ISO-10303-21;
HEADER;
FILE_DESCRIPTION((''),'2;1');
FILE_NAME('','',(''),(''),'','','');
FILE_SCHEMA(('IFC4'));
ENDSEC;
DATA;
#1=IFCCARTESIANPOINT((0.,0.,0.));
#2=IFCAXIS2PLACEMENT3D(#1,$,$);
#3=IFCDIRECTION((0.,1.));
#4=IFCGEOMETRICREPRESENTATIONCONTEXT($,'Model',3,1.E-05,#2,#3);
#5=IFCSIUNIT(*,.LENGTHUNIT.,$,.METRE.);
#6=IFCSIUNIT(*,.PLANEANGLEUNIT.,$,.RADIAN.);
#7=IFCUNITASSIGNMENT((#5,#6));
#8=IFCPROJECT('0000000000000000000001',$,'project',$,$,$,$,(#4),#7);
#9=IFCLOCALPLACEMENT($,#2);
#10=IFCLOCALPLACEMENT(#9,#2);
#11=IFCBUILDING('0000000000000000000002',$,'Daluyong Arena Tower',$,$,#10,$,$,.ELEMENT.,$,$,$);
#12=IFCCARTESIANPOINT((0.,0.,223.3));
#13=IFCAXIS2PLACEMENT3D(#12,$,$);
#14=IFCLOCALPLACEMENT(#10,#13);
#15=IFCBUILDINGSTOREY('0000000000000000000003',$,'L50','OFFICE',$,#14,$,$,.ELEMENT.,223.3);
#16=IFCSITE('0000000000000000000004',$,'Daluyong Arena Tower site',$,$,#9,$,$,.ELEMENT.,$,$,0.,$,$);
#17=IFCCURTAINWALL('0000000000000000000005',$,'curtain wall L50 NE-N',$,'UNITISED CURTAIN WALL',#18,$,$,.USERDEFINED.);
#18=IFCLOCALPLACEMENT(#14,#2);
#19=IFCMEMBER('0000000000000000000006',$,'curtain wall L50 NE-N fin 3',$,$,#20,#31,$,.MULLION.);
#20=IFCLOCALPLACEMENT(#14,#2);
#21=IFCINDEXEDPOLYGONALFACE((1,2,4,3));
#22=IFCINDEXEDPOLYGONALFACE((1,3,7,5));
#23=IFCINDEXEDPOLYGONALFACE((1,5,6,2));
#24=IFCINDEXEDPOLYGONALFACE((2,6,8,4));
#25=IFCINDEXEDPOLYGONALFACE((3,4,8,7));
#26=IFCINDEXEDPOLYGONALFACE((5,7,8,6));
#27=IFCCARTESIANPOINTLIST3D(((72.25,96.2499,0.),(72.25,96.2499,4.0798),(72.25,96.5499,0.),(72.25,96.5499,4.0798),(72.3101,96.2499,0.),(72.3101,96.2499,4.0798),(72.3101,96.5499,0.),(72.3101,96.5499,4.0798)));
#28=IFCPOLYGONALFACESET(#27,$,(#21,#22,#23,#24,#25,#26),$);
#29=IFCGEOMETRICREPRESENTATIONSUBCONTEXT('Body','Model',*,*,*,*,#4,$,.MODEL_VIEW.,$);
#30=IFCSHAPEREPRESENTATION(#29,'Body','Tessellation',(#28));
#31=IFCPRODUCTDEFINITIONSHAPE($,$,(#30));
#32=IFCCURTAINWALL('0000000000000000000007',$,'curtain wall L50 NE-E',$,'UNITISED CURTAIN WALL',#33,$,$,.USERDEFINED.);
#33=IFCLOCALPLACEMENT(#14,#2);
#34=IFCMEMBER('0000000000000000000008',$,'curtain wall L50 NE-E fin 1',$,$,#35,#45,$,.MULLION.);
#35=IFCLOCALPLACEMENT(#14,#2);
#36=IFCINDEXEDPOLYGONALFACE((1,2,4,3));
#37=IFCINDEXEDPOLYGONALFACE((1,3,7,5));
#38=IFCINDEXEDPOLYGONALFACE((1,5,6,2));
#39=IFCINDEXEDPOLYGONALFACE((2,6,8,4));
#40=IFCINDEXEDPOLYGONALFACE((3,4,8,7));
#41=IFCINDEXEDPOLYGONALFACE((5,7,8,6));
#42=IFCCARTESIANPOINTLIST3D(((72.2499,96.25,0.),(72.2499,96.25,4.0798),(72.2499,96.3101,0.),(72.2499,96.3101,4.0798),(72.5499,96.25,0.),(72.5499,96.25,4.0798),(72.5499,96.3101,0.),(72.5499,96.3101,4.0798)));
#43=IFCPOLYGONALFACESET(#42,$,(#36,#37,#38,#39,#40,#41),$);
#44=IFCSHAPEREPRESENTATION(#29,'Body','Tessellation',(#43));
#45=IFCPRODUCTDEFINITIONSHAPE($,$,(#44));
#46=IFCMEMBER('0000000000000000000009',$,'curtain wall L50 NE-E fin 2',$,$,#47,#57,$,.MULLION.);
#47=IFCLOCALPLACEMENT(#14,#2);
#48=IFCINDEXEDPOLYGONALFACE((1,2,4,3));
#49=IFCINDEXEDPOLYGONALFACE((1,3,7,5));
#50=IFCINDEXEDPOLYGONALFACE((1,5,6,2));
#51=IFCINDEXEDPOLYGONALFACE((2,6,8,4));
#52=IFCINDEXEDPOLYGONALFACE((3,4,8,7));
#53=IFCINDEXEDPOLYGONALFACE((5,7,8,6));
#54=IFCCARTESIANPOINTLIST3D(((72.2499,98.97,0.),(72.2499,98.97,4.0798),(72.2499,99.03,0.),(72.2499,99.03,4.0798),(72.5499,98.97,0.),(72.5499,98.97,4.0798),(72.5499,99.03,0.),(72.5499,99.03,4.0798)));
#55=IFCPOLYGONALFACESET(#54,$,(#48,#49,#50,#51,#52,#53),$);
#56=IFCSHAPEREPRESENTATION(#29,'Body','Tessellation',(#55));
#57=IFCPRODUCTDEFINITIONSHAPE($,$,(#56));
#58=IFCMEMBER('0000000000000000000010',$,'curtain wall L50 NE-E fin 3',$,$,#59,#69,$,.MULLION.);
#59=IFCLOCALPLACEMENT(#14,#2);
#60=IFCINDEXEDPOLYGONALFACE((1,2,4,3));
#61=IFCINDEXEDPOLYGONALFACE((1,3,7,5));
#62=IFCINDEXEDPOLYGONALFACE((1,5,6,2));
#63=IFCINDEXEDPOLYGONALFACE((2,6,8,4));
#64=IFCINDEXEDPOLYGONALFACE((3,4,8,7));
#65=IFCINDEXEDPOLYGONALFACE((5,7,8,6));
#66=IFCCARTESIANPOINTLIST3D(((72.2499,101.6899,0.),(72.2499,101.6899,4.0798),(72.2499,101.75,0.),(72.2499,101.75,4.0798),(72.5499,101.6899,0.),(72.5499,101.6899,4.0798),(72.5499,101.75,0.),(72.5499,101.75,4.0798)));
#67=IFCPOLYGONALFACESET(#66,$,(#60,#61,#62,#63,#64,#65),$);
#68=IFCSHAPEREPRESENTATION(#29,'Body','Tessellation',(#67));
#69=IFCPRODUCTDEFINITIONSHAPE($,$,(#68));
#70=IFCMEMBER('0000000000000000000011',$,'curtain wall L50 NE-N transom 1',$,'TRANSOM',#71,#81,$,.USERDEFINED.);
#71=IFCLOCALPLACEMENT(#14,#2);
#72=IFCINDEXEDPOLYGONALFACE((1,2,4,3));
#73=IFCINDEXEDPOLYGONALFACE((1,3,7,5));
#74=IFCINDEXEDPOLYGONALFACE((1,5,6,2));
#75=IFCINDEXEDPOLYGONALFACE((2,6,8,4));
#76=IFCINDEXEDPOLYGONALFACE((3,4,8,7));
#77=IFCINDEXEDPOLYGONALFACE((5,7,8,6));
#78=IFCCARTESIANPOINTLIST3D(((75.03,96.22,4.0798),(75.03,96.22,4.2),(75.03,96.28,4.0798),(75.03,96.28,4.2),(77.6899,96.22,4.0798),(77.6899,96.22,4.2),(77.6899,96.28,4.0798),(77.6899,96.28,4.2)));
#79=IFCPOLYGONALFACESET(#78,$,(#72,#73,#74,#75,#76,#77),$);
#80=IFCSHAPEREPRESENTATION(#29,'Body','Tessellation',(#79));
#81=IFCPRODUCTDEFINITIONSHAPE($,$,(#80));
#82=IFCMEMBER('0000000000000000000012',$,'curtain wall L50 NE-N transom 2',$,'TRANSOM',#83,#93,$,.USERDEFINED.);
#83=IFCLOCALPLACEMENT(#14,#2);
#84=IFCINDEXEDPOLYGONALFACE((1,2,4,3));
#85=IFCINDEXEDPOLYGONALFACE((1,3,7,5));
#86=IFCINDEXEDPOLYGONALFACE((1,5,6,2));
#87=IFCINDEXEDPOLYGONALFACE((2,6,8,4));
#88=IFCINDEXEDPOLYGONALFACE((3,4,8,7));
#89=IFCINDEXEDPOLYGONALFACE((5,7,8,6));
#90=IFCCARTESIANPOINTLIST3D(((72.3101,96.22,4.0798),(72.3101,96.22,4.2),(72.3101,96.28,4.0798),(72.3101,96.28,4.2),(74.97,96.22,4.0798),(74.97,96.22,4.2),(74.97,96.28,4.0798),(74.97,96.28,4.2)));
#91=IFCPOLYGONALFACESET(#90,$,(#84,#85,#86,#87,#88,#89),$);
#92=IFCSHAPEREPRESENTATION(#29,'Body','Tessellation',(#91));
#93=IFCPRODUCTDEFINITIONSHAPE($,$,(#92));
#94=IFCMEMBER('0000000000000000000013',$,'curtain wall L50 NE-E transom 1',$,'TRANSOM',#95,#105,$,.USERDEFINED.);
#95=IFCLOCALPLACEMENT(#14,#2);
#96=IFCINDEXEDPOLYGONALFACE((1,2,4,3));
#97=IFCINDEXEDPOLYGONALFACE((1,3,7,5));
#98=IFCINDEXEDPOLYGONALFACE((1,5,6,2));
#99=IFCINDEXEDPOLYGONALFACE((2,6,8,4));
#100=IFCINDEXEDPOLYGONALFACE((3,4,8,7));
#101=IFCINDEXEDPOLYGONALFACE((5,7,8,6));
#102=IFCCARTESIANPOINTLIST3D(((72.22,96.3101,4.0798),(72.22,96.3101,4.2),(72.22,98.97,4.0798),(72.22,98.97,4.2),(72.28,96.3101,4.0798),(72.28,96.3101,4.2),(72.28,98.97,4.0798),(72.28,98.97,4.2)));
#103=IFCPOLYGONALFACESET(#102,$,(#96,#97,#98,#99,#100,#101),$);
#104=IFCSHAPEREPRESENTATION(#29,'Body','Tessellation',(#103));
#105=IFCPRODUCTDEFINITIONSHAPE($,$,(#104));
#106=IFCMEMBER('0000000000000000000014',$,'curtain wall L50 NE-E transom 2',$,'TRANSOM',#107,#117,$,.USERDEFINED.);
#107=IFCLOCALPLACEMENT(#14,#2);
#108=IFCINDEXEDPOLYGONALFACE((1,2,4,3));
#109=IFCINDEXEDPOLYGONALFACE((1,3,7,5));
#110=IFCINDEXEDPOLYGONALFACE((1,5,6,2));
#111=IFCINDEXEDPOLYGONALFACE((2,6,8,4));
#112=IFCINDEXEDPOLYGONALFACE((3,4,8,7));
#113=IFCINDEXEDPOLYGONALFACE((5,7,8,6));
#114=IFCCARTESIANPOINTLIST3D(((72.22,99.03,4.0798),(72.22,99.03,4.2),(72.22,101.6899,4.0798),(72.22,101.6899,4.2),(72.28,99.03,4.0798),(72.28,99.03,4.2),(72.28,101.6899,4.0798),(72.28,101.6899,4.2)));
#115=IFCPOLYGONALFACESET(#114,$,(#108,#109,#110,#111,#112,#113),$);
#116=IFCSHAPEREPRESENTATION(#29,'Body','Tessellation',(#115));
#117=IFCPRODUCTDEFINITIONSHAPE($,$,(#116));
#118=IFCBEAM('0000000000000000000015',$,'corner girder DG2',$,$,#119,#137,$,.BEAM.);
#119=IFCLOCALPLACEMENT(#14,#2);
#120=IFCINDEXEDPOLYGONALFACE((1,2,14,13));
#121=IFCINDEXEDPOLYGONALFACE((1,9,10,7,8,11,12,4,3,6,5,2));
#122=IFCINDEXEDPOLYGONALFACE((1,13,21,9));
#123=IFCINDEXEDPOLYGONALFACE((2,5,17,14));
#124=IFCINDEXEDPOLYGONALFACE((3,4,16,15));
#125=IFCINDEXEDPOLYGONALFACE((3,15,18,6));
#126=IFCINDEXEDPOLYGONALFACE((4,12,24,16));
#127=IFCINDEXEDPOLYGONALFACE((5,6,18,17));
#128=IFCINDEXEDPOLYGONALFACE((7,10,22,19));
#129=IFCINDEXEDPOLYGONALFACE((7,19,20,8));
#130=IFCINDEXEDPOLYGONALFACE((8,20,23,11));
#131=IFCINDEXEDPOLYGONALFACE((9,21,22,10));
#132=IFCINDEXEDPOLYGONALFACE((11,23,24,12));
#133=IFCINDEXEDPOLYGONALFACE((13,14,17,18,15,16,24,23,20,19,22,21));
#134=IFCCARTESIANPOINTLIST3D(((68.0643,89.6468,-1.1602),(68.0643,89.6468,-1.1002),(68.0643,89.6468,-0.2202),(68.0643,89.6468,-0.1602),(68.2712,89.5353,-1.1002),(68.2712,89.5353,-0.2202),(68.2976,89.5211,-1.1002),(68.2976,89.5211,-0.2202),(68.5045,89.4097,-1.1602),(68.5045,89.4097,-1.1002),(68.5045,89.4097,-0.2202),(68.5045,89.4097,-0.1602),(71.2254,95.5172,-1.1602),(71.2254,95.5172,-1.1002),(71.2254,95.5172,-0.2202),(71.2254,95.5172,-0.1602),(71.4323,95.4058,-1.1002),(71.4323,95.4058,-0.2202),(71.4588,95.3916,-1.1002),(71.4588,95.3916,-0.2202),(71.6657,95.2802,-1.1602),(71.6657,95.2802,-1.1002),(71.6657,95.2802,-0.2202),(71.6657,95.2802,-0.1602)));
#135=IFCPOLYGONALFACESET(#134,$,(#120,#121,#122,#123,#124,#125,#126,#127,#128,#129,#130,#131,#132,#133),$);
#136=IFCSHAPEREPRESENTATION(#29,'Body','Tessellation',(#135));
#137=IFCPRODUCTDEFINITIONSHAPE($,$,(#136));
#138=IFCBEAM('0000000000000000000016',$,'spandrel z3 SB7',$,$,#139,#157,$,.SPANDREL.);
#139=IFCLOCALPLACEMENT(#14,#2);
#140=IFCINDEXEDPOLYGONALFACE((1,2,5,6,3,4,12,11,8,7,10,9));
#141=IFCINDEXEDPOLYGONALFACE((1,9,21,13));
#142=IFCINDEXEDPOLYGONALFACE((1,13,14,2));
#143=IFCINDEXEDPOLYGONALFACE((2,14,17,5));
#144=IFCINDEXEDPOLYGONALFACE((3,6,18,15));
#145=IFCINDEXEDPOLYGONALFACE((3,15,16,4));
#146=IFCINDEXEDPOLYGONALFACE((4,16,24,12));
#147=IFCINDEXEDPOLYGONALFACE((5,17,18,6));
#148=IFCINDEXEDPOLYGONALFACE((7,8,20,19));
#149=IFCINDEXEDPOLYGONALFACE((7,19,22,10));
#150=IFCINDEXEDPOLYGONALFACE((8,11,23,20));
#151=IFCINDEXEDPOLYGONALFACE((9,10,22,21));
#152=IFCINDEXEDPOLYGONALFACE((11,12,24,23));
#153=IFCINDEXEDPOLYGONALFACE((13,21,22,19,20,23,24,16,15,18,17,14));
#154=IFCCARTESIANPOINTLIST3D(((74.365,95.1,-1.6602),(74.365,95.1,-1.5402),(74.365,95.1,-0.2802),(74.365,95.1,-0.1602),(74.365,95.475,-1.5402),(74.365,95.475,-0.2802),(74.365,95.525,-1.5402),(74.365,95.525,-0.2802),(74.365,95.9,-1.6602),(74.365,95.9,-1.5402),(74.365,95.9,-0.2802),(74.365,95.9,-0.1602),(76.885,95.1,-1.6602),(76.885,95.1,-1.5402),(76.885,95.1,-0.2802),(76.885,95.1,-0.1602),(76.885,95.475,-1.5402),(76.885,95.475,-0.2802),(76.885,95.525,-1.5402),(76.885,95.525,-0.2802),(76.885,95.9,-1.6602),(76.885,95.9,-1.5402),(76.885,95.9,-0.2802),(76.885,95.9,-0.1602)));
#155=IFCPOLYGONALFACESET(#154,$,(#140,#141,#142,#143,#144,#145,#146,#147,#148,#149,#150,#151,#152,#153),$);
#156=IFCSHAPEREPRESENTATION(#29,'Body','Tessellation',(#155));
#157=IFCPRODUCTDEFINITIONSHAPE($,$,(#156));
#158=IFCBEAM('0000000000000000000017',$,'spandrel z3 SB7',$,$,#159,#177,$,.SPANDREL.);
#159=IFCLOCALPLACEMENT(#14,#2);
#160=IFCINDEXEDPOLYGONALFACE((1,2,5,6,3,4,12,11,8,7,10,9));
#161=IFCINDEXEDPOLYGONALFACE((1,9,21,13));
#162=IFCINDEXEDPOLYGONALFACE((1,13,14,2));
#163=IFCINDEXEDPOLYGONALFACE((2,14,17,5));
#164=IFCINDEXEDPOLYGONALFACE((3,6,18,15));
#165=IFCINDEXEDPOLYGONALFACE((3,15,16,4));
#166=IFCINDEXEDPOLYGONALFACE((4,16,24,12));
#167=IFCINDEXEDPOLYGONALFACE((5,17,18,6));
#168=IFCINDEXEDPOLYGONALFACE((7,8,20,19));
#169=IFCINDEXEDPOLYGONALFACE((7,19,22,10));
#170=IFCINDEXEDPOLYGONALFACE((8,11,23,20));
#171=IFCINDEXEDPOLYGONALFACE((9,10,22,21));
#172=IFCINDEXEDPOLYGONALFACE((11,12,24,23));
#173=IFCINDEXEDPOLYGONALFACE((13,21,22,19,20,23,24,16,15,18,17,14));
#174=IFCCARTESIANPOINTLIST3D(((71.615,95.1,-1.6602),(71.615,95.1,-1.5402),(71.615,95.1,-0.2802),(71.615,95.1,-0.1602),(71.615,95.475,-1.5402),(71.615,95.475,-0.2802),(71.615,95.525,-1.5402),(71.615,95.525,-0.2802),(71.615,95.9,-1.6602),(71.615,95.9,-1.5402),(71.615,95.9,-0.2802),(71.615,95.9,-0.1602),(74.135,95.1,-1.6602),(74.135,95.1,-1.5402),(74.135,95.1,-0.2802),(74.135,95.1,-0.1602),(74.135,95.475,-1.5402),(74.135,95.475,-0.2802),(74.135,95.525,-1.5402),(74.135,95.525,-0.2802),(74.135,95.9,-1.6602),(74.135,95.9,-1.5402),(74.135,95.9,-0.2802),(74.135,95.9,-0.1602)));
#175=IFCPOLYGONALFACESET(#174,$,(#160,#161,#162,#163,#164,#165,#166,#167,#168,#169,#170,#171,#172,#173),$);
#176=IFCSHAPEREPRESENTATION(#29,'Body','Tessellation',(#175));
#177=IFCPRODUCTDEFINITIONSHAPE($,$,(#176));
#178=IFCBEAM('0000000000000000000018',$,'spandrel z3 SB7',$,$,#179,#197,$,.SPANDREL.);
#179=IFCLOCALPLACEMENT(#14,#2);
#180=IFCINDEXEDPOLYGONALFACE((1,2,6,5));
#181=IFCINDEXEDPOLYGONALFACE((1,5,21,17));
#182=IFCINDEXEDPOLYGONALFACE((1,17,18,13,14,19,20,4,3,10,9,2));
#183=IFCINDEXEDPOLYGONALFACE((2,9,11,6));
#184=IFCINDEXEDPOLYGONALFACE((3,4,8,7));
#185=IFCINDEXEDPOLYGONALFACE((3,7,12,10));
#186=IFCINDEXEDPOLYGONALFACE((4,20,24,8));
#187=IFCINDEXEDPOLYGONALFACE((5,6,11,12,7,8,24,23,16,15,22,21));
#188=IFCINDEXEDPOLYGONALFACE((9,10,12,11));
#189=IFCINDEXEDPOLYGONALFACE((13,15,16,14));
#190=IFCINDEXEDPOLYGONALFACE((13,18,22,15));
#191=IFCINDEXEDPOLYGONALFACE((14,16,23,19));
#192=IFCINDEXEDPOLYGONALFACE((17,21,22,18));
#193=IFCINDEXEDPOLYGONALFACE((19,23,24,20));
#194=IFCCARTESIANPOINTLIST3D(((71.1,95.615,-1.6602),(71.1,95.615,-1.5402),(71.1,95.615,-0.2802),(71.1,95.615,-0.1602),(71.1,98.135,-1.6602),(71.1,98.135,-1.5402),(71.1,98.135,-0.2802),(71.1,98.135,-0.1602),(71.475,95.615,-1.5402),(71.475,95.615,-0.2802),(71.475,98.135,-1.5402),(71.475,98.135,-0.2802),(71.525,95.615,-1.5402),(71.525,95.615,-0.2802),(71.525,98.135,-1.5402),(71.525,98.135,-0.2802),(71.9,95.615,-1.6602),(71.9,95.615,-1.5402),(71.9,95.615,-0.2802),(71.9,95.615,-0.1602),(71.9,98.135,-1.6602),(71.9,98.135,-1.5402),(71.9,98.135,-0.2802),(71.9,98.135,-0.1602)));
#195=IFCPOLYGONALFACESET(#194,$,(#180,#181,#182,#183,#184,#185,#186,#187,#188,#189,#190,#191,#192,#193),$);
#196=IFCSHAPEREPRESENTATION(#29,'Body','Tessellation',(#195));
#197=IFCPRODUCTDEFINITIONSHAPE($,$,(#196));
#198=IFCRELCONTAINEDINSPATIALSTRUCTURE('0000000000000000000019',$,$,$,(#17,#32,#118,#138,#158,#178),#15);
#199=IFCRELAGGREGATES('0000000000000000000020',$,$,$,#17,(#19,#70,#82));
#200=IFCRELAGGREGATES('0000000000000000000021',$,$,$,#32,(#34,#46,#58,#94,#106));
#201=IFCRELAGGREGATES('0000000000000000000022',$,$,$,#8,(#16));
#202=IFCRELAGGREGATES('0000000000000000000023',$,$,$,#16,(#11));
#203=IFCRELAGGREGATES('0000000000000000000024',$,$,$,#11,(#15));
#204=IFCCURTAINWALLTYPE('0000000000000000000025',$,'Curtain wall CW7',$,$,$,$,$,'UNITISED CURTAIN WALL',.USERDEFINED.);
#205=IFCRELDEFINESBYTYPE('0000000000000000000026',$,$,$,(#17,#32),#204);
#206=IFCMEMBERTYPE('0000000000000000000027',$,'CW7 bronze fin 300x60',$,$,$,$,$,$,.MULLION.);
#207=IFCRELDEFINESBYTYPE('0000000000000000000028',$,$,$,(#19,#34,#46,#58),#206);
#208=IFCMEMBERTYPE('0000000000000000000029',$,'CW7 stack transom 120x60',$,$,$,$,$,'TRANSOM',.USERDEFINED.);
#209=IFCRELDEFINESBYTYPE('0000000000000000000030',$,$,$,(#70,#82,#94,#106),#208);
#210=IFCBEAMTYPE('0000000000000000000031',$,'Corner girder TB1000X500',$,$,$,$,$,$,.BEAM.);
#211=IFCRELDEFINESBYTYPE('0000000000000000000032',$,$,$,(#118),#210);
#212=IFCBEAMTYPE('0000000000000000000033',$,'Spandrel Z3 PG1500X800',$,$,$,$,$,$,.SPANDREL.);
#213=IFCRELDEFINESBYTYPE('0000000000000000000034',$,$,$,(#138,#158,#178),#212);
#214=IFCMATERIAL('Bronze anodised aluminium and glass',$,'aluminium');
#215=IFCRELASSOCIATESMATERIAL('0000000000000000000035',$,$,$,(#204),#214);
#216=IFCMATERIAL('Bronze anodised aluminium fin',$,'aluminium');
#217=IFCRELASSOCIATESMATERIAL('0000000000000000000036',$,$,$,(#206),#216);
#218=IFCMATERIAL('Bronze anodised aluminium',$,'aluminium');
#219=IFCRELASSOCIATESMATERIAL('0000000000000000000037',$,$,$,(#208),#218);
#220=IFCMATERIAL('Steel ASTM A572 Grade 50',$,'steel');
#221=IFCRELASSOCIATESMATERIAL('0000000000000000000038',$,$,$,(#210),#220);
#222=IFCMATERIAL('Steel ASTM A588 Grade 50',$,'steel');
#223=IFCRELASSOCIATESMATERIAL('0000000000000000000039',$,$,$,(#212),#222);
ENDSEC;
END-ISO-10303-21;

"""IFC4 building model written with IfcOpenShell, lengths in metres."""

from ifc_helpers import new_model, si_unit, direction, frame, origin, origin_2d, place, context, subcontext, project, spatial, rectangle, i_section, extrude, material, material_profile, profile_set, type_object, element, aggregate, save


model = new_model("IFC4")

# Units and contexts
model_context = context("Model", 3, precision=1e-05, world=origin(), true_north=direction((0.0, 1.0)))
body_context = subcontext(model_context, "Body", "Model", "MODEL_VIEW")
ifc_project = project(units=[si_unit("LENGTHUNIT", "METRE"), si_unit("PLANEANGLEUNIT", "RADIAN")], contexts=[model_context])

# Site, building, storey
site_placement = place(None, origin())
site = spatial("IfcSite", under=ifc_project, at=site_placement, Name="Daluyong Arena Tower site", CompositionType="ELEMENT", RefElevation=0.0)
building_placement = place(site_placement, origin())
building = spatial("IfcBuilding", under=site, at=building_placement, Name="Daluyong Arena Tower", CompositionType="ELEMENT")
storey_placement = place(building_placement, frame((0.0, 0.0, 223.3)))
storey = spatial("IfcBuildingStorey", under=building, at=storey_placement, Name="L50", Description="OFFICE", CompositionType="ELEMENT", Elevation=223.3)

# Curtain walls, members
ifc_material_1 = material(Name="Bronze anodised aluminium and glass", Category="aluminium")
curtain_wall_type_1 = type_object("IfcCurtainWallType", Name="Curtain wall CW7", ElementType="UNITISED CURTAIN WALL", PredefinedType="USERDEFINED", material=ifc_material_1)
curtain_wall_1_placement = place(storey_placement, origin())
curtain_wall_1 = element("IfcCurtainWall", 1, at=curtain_wall_1_placement, inside=storey, type_object=curtain_wall_type_1, Name="curtain wall L50 NE-N", ObjectType="UNITISED CURTAIN WALL", PredefinedType="USERDEFINED")
ifc_material_2 = material(Name="Bronze anodised aluminium fin", Category="aluminium")
ifc_material_profile_1 = material_profile(ifc_material_2, rectangle(XDim=0.3, YDim=0.0601, at=origin_2d()))
ifc_profile_set_1 = profile_set([ifc_material_profile_1], Name="Bronze anodised aluminium fin")
member_type_1 = type_object("IfcMemberType", Name="CW7 bronze fin 300x60", PredefinedType="MULLION", material=ifc_profile_set_1)
member_1_placement = place(storey_placement, frame((72.28, 96.3999, 0.0), z_axis=(0.0, 0.0, 1.0), x_axis=(0.0, -1.0, 0.0)))
member_1 = element("IfcMember", 2, at=member_1_placement, type_object=member_type_1, Name="curtain wall L50 NE-N fin 3", PredefinedType="MULLION", context=body_context, shape_type="SweptSolid", body=[
    extrude(rectangle(XDim=0.3, YDim=0.0601, at=origin_2d()), origin(), (0.0, 0.0, 1.0), 4.0798),
])
curtain_wall_2_placement = place(storey_placement, origin())
curtain_wall_2 = element("IfcCurtainWall", 3, at=curtain_wall_2_placement, inside=storey, type_object=curtain_wall_type_1, Name="curtain wall L50 NE-E", ObjectType="UNITISED CURTAIN WALL", PredefinedType="USERDEFINED")
member_2_placement = place(storey_placement, frame((72.3999, 96.28, 0.0), z_axis=(0.0, 0.0, 1.0), x_axis=(-1.0, 0.0, 0.0)))
member_2 = element("IfcMember", 4, at=member_2_placement, type_object=member_type_1, Name="curtain wall L50 NE-E fin 1", PredefinedType="MULLION", context=body_context, shape_type="SweptSolid", body=[
    extrude(rectangle(XDim=0.3, YDim=0.0601, at=origin_2d()), origin(), (0.0, 0.0, 1.0), 4.0798),
])
member_3_placement = place(storey_placement, frame((72.3999, 99.0, 0.0), z_axis=(0.0, 0.0, 1.0), x_axis=(-1.0, 0.0, 0.0)))
member_3 = element("IfcMember", 5, at=member_3_placement, type_object=member_type_1, Name="curtain wall L50 NE-E fin 2", PredefinedType="MULLION", context=body_context, shape_type="SweptSolid", body=[
    extrude(rectangle(XDim=0.3, YDim=0.0601, at=origin_2d()), origin(), (0.0, 0.0, 1.0), 4.0798),
])
member_4_placement = place(storey_placement, frame((72.3999, 101.72, 0.0), z_axis=(0.0, 0.0, 1.0), x_axis=(-1.0, 0.0, 0.0)))
member_4 = element("IfcMember", 6, at=member_4_placement, type_object=member_type_1, Name="curtain wall L50 NE-E fin 3", PredefinedType="MULLION", context=body_context, shape_type="SweptSolid", body=[
    extrude(rectangle(XDim=0.3, YDim=0.0601, at=origin_2d()), origin(), (0.0, 0.0, 1.0), 4.0798),
])

# Members
ifc_material_3 = material(Name="Bronze anodised aluminium", Category="aluminium")
ifc_material_profile_2 = material_profile(ifc_material_3, rectangle(XDim=0.0601, YDim=0.1201, at=origin_2d()))
ifc_profile_set_2 = profile_set([ifc_material_profile_2], Name="Bronze anodised aluminium")
member_type_2 = type_object("IfcMemberType", Name="CW7 stack transom 120x60", ElementType="TRANSOM", PredefinedType="USERDEFINED", material=ifc_profile_set_2)
member_5_placement = place(storey_placement, frame((77.6899, 96.25, 4.1399), z_axis=(-1.0, 0.0, 0.0), x_axis=(0.0, -1.0, 0.0)))
member_5 = element("IfcMember", 7, at=member_5_placement, type_object=member_type_2, Name="curtain wall L50 NE-N transom 1", ObjectType="TRANSOM", PredefinedType="USERDEFINED", context=body_context, shape_type="SweptSolid", body=[
    extrude(rectangle(XDim=0.0601, YDim=0.1201, at=origin_2d()), origin(), (0.0, 0.0, 1.0), 2.6599),
])
member_6_placement = place(storey_placement, frame((74.97, 96.25, 4.1399), z_axis=(-1.0, 0.0, 0.0), x_axis=(0.0, -1.0, 0.0)))
member_6 = element("IfcMember", 8, at=member_6_placement, type_object=member_type_2, Name="curtain wall L50 NE-N transom 2", ObjectType="TRANSOM", PredefinedType="USERDEFINED", context=body_context, shape_type="SweptSolid", body=[
    extrude(rectangle(XDim=0.0601, YDim=0.1201, at=origin_2d()), origin(), (0.0, 0.0, 1.0), 2.6599),
])
member_7_placement = place(storey_placement, frame((72.25, 96.3101, 4.1399), z_axis=(0.0, 1.0, 0.0), x_axis=(-1.0, 0.0, 0.0)))
member_7 = element("IfcMember", 9, at=member_7_placement, type_object=member_type_2, Name="curtain wall L50 NE-E transom 1", ObjectType="TRANSOM", PredefinedType="USERDEFINED", context=body_context, shape_type="SweptSolid", body=[
    extrude(rectangle(XDim=0.0601, YDim=0.1201, at=origin_2d()), origin(), (0.0, 0.0, 1.0), 2.6599),
])
member_8_placement = place(storey_placement, frame((72.25, 99.03, 4.1399), z_axis=(0.0, 1.0, 0.0), x_axis=(-1.0, 0.0, 0.0)))
member_8 = element("IfcMember", 10, at=member_8_placement, type_object=member_type_2, Name="curtain wall L50 NE-E transom 2", ObjectType="TRANSOM", PredefinedType="USERDEFINED", context=body_context, shape_type="SweptSolid", body=[
    extrude(rectangle(XDim=0.0601, YDim=0.1201, at=origin_2d()), origin(), (0.0, 0.0, 1.0), 2.6599),
])

# Beams
ifc_material_4 = material(Name="Steel ASTM A572 Grade 50", Category="steel")
ifc_material_profile_3 = material_profile(ifc_material_4, i_section(OverallWidth=0.5, OverallDepth=1.0, WebThickness=0.03, FlangeThickness=0.06, at=origin_2d()))
ifc_profile_set_3 = profile_set([ifc_material_profile_3], Name="Steel ASTM A572 Grade 50")
beam_type_1 = type_object("IfcBeamType", Name="Corner girder TB1000X500", PredefinedType="BEAM", material=ifc_profile_set_3)
beam_1_placement = place(storey_placement, frame((71.4456, 95.3987, -0.6602), z_axis=(-0.474119, -0.880461, 0.0), x_axis=(0.880461, -0.474119, 0.0)))
element("IfcBeam", 11, at=beam_1_placement, inside=storey, type_object=beam_type_1, Name="corner girder DG2", PredefinedType="BEAM", context=body_context, shape_type="SweptSolid", body=[
    extrude(i_section(OverallWidth=0.5, OverallDepth=1.0, WebThickness=0.03, FlangeThickness=0.06, at=origin_2d()), origin(), (0.0, 0.0, 1.0), 6.6675),
])
ifc_material_5 = material(Name="Steel ASTM A588 Grade 50", Category="steel")
ifc_material_profile_4 = material_profile(ifc_material_5, i_section(OverallWidth=0.8, OverallDepth=1.5, WebThickness=0.05, FlangeThickness=0.12, at=origin_2d()))
ifc_profile_set_4 = profile_set([ifc_material_profile_4], Name="Steel ASTM A588 Grade 50")
beam_type_2 = type_object("IfcBeamType", Name="Spandrel Z3 PG1500X800", PredefinedType="SPANDREL", material=ifc_profile_set_4)
for number, where, z_axis, x_axis, name in (
    (12, (76.885, 95.5, -0.9102), (-1.0, 0.0, 0.0), (0.0, -1.0, 0.0), "spandrel z3 SB7"),
    (13, (74.135, 95.5, -0.9102), (-1.0, 0.0, 0.0), (0.0, -1.0, 0.0), "spandrel z3 SB7"),
    (14, (71.5, 95.615, -0.9102), (0.0, 1.0, 0.0), (-1.0, 0.0, 0.0), "spandrel z3 SB7"),
):
    element("IfcBeam", number, at=place(storey_placement, frame(where, z_axis=z_axis, x_axis=x_axis)), inside=storey, type_object=beam_type_2, Name=name, PredefinedType="SPANDREL", context=body_context, shape_type="SweptSolid", body=[
        extrude(i_section(OverallWidth=0.8, OverallDepth=1.5, WebThickness=0.05, FlangeThickness=0.12, at=origin_2d()), origin(), (0.0, 0.0, 1.0), 2.52),
    ])

aggregate(curtain_wall_1, [member_1, member_5, member_6])
aggregate(curtain_wall_2, [member_2, member_3, member_4, member_7, member_8])

save(model, "model.ifc")
